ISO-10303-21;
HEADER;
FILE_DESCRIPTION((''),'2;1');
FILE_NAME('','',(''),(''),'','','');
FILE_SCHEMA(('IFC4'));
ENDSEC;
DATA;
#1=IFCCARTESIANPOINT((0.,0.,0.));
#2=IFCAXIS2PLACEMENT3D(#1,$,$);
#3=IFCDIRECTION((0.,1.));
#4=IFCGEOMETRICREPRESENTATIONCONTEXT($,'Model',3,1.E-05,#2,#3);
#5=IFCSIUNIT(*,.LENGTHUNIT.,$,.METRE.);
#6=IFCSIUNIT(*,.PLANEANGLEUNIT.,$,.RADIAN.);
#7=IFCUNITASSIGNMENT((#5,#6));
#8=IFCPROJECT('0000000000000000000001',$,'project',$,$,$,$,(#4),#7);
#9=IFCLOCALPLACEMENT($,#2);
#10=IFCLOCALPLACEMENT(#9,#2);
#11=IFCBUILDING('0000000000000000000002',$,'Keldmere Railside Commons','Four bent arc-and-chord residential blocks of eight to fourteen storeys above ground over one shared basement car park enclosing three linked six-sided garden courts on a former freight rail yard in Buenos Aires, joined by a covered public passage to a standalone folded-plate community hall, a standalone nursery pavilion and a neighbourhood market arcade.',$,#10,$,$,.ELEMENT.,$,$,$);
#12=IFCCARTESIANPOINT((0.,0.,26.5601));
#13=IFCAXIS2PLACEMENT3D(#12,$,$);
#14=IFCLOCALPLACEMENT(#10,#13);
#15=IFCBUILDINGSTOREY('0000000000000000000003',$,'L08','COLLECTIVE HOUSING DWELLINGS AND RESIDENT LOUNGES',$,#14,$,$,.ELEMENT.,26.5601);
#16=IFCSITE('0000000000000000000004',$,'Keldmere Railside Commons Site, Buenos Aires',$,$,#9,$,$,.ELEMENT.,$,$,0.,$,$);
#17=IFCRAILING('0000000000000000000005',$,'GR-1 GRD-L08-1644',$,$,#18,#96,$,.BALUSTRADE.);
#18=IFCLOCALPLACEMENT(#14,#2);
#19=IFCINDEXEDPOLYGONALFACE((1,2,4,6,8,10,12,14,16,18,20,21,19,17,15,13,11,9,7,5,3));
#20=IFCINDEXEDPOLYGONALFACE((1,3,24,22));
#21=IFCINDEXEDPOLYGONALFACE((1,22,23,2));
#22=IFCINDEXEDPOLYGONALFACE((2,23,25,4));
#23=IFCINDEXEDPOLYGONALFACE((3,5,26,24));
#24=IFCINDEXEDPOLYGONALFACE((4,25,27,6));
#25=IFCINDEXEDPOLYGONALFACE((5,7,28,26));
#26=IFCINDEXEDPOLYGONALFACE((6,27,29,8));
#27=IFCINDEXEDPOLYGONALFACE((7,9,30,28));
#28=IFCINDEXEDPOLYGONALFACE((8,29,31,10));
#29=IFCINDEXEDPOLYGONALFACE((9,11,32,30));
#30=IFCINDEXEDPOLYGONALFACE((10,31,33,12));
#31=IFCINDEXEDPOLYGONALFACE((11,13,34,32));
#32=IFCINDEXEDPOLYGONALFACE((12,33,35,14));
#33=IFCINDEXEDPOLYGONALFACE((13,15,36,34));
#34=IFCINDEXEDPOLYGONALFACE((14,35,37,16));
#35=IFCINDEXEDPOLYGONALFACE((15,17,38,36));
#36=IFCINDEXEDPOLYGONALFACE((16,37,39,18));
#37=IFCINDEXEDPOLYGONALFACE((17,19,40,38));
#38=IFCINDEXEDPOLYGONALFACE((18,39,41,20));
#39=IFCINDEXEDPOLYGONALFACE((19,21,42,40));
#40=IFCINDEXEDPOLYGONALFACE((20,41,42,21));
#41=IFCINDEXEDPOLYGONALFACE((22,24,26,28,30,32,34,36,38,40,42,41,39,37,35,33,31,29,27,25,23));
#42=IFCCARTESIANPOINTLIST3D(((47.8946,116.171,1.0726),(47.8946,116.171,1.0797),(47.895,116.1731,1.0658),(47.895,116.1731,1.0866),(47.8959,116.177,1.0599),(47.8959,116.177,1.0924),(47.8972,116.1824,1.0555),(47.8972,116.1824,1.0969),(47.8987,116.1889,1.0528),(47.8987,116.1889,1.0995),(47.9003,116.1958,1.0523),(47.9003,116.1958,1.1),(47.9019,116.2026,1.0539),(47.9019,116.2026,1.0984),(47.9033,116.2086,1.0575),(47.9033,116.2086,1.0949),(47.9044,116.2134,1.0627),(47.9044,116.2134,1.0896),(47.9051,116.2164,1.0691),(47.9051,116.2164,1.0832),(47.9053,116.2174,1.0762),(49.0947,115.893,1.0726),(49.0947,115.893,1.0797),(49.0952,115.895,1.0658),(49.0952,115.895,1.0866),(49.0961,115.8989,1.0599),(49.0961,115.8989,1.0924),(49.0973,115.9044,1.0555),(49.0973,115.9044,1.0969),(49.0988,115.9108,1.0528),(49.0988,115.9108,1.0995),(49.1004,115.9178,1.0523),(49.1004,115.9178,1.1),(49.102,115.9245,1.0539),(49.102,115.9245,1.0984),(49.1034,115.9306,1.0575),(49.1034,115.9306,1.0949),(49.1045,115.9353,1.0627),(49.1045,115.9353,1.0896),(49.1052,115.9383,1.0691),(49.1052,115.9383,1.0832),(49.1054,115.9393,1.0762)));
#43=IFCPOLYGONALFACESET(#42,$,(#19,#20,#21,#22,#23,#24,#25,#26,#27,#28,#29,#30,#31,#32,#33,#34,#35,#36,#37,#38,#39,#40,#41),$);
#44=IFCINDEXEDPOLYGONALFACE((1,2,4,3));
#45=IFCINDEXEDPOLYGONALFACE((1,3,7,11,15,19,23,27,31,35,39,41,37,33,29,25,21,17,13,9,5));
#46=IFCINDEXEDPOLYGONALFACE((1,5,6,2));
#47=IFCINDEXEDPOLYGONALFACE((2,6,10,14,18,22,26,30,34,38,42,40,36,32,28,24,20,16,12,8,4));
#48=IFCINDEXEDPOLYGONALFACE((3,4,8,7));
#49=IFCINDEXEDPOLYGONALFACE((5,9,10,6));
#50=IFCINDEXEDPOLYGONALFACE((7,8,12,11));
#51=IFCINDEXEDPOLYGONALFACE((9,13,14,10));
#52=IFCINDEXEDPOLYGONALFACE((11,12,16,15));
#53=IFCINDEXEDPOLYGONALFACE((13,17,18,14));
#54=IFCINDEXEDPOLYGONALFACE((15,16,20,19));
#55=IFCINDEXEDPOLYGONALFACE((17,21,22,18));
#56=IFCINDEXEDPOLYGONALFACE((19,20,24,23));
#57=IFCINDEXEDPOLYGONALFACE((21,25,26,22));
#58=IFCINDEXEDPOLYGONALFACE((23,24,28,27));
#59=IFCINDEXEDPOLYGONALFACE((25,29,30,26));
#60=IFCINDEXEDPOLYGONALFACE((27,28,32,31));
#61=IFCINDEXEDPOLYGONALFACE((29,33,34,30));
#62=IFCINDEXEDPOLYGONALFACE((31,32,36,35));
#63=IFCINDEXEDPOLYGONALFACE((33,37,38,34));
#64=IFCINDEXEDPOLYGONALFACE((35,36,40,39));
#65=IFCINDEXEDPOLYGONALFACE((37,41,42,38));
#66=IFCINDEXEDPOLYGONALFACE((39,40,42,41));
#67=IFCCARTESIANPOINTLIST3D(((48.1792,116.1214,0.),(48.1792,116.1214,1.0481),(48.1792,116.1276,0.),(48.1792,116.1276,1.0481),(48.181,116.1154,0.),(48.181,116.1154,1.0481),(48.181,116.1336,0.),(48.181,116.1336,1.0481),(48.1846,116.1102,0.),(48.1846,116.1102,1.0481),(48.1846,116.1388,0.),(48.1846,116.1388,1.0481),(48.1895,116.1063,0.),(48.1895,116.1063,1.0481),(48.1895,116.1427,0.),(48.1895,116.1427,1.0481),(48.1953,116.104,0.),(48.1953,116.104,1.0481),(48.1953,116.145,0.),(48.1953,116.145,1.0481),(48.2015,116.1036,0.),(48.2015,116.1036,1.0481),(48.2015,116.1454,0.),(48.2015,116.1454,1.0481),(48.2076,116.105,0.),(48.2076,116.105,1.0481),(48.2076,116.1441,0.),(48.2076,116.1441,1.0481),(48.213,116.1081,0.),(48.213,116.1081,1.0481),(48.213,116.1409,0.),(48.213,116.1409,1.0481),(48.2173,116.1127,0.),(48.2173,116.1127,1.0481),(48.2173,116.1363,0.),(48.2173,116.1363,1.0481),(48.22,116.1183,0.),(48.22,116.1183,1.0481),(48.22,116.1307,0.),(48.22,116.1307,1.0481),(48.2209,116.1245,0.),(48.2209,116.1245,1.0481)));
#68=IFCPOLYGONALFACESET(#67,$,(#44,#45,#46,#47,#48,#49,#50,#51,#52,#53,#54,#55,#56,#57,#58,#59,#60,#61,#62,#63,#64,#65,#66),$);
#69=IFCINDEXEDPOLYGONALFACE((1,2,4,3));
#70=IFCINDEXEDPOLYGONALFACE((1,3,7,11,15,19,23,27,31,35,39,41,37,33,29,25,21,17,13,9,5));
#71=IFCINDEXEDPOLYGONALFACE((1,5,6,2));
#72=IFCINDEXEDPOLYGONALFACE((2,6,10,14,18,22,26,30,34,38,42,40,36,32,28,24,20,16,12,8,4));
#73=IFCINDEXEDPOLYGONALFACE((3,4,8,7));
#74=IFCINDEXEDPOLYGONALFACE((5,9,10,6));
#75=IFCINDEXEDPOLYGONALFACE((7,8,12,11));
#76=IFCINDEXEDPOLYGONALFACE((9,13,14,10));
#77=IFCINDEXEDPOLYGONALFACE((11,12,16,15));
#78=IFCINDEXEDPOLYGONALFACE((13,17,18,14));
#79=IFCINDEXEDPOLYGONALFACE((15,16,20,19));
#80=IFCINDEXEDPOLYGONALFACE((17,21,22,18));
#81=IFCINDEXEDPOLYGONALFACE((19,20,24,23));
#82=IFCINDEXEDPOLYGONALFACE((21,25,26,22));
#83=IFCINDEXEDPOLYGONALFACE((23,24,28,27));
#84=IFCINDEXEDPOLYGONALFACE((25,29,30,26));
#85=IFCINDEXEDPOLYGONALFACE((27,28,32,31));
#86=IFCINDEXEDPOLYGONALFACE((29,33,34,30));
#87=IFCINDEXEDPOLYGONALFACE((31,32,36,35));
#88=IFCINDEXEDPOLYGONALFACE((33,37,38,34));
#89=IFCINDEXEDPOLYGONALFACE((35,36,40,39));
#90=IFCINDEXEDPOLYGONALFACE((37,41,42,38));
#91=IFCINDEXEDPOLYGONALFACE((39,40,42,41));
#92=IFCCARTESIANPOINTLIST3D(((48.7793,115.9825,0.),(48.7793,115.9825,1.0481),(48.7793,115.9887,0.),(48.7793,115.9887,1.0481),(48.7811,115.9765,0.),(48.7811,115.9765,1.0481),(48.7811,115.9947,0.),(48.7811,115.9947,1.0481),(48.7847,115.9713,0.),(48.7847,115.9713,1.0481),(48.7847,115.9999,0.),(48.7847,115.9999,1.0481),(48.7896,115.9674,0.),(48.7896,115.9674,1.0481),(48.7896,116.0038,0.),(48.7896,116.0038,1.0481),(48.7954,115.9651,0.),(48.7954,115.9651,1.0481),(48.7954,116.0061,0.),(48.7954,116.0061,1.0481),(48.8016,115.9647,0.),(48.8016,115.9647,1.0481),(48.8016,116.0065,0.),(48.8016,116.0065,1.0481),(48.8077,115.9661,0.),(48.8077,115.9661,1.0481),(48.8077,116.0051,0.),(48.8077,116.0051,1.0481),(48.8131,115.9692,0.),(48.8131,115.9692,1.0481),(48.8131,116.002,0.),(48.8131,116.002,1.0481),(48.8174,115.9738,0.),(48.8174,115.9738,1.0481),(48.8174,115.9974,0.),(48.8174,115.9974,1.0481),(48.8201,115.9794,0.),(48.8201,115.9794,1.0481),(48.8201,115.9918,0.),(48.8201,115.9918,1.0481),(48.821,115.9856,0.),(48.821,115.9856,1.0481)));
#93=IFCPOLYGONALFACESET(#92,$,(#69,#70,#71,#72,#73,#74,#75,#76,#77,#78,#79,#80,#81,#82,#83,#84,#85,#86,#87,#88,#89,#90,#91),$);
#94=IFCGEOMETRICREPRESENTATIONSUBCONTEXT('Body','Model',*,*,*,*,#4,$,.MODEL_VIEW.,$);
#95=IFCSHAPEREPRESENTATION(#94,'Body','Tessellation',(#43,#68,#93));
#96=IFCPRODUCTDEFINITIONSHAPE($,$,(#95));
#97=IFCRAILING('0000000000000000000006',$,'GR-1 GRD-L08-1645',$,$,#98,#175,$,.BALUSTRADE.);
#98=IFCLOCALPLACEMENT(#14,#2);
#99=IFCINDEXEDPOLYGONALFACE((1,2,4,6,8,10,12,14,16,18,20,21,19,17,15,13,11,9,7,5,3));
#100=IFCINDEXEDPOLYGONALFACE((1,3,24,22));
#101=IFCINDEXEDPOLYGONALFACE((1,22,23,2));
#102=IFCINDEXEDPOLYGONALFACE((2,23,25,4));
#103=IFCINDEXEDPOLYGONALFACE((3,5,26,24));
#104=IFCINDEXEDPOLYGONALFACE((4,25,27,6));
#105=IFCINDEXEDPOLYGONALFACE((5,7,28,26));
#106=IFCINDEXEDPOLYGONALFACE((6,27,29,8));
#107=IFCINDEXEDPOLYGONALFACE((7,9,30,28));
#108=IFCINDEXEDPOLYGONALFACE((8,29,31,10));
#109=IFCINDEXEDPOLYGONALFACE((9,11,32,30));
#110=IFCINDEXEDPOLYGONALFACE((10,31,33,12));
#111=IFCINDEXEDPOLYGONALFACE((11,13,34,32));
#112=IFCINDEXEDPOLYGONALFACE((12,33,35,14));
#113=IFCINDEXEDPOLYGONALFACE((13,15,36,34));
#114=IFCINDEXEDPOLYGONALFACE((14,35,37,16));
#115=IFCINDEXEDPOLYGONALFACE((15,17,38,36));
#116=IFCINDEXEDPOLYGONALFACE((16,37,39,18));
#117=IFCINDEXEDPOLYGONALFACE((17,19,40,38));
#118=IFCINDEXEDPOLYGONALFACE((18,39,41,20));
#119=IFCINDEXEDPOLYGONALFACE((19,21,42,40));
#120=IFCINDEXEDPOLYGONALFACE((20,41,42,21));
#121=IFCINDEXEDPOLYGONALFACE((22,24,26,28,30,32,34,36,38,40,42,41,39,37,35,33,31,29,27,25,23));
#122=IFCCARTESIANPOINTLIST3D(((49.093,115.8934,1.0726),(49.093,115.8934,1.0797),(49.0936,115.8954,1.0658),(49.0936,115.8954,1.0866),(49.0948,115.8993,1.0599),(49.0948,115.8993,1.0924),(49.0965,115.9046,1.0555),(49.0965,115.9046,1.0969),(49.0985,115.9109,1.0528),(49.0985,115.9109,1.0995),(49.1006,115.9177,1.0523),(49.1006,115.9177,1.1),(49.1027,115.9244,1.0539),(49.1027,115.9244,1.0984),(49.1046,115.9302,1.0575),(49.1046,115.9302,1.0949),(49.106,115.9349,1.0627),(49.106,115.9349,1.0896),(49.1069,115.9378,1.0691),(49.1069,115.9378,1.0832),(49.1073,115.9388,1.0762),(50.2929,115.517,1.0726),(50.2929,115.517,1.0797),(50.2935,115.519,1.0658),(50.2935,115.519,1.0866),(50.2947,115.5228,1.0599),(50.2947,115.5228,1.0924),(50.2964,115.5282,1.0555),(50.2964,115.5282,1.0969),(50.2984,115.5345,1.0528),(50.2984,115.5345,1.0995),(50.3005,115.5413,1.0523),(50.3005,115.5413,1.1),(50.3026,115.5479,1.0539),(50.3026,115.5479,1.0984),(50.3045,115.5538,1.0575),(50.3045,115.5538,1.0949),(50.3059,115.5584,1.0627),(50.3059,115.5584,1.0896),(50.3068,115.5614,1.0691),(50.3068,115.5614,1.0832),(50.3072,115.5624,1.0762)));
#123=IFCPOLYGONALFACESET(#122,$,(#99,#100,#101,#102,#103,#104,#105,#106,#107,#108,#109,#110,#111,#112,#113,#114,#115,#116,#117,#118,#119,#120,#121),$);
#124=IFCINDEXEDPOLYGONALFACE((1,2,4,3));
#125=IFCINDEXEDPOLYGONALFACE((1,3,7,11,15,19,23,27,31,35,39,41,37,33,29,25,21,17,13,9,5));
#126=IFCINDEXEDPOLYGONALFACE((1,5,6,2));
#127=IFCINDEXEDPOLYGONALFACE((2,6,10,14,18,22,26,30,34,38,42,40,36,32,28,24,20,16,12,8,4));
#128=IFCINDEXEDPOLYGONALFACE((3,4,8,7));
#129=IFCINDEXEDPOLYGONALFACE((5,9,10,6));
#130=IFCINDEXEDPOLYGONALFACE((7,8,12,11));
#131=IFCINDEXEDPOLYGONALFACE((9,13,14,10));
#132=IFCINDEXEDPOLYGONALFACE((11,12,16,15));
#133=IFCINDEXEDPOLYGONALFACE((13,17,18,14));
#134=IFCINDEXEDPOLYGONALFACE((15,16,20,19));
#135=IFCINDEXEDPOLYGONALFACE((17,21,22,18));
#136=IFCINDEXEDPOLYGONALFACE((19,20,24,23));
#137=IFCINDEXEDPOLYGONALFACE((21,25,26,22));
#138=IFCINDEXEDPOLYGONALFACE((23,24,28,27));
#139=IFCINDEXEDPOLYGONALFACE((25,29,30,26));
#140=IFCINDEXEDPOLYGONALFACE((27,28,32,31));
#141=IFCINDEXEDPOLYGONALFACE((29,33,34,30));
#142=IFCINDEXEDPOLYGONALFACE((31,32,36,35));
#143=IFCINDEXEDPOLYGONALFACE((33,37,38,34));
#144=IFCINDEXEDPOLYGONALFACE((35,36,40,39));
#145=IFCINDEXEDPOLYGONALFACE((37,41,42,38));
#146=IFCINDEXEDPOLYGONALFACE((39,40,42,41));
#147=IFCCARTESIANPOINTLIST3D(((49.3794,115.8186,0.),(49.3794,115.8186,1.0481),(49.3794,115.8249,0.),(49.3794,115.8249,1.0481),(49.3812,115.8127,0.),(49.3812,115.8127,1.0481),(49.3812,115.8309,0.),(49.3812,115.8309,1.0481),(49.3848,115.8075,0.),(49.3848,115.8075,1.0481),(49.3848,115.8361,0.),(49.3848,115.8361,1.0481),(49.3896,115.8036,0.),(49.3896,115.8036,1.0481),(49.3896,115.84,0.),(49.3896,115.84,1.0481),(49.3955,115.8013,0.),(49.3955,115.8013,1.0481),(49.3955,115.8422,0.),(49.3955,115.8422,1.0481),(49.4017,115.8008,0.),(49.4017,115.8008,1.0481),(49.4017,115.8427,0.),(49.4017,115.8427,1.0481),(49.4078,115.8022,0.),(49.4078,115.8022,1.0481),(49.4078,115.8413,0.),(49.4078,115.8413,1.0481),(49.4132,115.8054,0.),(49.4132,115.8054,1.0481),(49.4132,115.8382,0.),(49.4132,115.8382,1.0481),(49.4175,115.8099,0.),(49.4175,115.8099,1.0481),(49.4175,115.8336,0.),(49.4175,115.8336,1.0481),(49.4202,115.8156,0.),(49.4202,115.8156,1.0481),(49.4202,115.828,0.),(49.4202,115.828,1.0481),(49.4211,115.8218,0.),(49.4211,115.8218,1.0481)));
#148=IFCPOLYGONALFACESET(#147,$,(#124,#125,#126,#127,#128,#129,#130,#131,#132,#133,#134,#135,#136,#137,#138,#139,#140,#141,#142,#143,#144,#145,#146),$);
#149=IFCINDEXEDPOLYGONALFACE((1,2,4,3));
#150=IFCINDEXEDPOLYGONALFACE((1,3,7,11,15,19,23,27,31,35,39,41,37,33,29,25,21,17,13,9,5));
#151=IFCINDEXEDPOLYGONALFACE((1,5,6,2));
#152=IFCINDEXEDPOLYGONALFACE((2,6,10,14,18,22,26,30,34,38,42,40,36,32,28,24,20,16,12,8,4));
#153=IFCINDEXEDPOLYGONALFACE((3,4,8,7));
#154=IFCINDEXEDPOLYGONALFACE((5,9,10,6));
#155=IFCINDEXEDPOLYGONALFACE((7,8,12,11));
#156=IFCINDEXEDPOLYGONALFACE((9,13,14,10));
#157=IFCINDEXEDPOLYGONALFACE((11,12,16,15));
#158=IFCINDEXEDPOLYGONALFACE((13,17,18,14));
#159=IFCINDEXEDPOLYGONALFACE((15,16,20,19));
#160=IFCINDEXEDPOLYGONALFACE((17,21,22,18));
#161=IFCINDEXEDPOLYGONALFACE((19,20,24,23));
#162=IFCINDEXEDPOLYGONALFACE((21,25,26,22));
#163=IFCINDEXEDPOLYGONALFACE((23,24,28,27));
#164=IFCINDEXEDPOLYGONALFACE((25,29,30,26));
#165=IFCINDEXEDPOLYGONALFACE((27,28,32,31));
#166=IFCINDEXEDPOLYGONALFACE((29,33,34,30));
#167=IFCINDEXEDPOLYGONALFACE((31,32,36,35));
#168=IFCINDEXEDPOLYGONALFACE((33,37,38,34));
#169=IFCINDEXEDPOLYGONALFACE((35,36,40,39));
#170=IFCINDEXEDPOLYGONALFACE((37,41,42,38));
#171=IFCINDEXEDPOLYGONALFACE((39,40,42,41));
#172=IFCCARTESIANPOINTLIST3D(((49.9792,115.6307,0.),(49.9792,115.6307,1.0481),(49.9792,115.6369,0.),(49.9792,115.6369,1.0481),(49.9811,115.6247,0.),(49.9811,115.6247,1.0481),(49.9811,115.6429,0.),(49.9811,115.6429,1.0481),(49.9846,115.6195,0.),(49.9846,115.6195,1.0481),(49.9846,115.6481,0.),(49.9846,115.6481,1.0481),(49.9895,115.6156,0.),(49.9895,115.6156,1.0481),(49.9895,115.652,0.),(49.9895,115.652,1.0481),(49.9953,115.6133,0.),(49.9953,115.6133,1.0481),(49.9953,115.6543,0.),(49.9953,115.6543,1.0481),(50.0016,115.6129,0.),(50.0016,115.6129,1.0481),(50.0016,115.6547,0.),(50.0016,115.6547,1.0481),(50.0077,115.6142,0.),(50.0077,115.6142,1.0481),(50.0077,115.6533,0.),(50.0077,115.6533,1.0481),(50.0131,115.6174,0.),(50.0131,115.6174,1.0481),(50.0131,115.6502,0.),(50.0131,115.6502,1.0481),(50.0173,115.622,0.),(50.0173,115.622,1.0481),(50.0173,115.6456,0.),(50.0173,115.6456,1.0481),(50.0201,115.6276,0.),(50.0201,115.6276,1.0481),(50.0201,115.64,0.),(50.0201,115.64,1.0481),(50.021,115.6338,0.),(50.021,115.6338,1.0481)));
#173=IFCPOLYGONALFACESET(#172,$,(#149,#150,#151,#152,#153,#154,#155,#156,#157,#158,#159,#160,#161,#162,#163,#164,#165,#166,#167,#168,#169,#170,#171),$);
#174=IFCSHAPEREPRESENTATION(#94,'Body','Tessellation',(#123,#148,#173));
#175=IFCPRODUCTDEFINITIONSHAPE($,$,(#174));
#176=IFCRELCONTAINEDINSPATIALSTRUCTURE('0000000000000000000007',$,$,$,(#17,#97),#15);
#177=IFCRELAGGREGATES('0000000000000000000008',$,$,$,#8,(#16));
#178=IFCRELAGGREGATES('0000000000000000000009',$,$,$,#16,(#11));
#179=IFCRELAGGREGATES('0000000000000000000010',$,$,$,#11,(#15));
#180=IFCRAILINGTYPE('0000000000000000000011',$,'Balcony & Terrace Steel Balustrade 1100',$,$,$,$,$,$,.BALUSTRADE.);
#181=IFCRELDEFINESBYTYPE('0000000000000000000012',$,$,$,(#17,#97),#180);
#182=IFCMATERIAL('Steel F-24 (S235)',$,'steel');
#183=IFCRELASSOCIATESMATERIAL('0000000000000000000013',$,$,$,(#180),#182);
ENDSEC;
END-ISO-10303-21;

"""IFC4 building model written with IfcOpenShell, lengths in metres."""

from ifc_helpers import new_model, si_unit, direction, frame, origin, origin_2d, place, context, subcontext, project, spatial, circle, extrude, material, type_object, element, save


model = new_model("IFC4")

# Units and contexts
model_context = context("Model", 3, precision=1e-05, world=origin(), true_north=direction((0.0, 1.0)))
body_context = subcontext(model_context, "Body", "Model", "MODEL_VIEW")
ifc_project = project(units=[si_unit("LENGTHUNIT", "METRE"), si_unit("PLANEANGLEUNIT", "RADIAN")], contexts=[model_context])

# Site, building, storey
site_placement = place(None, origin())
site = spatial("IfcSite", under=ifc_project, at=site_placement, Name="Keldmere Railside Commons Site, Buenos Aires", CompositionType="ELEMENT", RefElevation=0.0)
building_placement = place(site_placement, origin())
building = spatial("IfcBuilding", under=site, at=building_placement, Name="Keldmere Railside Commons", Description="Four bent arc-and-chord residential blocks of eight to fourteen storeys above ground over one shared basement car park enclosing three linked six-sided garden courts on a former freight rail yard in Buenos Aires, joined by a covered public passage to a standalone folded-plate community hall, a standalone nursery pavilion and a neighbourhood market arcade.", CompositionType="ELEMENT")
storey_placement = place(building_placement, frame((0.0, 0.0, 26.5601)))
storey = spatial("IfcBuildingStorey", under=building, at=storey_placement, Name="L08", Description="COLLECTIVE HOUSING DWELLINGS AND RESIDENT LOUNGES", CompositionType="ELEMENT", Elevation=26.5601)

# Railings
ifc_material_1 = material(Name="Steel F-24 (S235)", Category="steel")
railing_type = type_object("IfcRailingType", Name="Balcony & Terrace Steel Balustrade 1100", PredefinedType="BALUSTRADE", material=ifc_material_1)
railing_1_placement = place(storey_placement, frame((47.8999, 116.1941, 0.0)))
element("IfcRailing", 1, at=railing_1_placement, inside=storey, type_object=railing_type, Name="GR-1 GRD-L08-1644", PredefinedType="BALUSTRADE", context=body_context, shape_type="SweptSolid", body=[
    extrude(circle(Radius=0.0239, at=origin_2d()), frame((0.0, 0.0, 1.0762), z_axis=(0.974194, -0.225713, 0.0), x_axis=(0.225713, 0.974194, 0.0)), (0.0, 0.0, 1.0), 1.2319),
    extrude(circle(Radius=0.021, at=origin_2d()), frame((0.3, -0.0696, 0.0)), (0.0, 0.0, 1.0), 1.0481),
    extrude(circle(Radius=0.021, at=origin_2d()), frame((0.9001, -0.2085, 0.0)), (0.0, 0.0, 1.0), 1.0481),
])
railing_2_placement = place(storey_placement, frame((49.1001, 115.916, 0.0)))
element("IfcRailing", 2, at=railing_2_placement, inside=storey, type_object=railing_type, Name="GR-1 GRD-L08-1645", PredefinedType="BALUSTRADE", context=body_context, shape_type="SweptSolid", body=[
    extrude(circle(Radius=0.0239, at=origin_2d()), frame((0.0, 0.0, 1.0762), z_axis=(0.954144, -0.299347, 0.0), x_axis=(0.299347, 0.954144, 0.0)), (0.0, 0.0, 1.0), 1.2576),
    extrude(circle(Radius=0.021, at=origin_2d()), frame((0.3, -0.0942, 0.0)), (0.0, 0.0, 1.0), 1.0481),
    extrude(circle(Radius=0.021, at=origin_2d()), frame((0.8999, -0.2822, 0.0)), (0.0, 0.0, 1.0), 1.0481),
])

save(model, "model.ifc")
